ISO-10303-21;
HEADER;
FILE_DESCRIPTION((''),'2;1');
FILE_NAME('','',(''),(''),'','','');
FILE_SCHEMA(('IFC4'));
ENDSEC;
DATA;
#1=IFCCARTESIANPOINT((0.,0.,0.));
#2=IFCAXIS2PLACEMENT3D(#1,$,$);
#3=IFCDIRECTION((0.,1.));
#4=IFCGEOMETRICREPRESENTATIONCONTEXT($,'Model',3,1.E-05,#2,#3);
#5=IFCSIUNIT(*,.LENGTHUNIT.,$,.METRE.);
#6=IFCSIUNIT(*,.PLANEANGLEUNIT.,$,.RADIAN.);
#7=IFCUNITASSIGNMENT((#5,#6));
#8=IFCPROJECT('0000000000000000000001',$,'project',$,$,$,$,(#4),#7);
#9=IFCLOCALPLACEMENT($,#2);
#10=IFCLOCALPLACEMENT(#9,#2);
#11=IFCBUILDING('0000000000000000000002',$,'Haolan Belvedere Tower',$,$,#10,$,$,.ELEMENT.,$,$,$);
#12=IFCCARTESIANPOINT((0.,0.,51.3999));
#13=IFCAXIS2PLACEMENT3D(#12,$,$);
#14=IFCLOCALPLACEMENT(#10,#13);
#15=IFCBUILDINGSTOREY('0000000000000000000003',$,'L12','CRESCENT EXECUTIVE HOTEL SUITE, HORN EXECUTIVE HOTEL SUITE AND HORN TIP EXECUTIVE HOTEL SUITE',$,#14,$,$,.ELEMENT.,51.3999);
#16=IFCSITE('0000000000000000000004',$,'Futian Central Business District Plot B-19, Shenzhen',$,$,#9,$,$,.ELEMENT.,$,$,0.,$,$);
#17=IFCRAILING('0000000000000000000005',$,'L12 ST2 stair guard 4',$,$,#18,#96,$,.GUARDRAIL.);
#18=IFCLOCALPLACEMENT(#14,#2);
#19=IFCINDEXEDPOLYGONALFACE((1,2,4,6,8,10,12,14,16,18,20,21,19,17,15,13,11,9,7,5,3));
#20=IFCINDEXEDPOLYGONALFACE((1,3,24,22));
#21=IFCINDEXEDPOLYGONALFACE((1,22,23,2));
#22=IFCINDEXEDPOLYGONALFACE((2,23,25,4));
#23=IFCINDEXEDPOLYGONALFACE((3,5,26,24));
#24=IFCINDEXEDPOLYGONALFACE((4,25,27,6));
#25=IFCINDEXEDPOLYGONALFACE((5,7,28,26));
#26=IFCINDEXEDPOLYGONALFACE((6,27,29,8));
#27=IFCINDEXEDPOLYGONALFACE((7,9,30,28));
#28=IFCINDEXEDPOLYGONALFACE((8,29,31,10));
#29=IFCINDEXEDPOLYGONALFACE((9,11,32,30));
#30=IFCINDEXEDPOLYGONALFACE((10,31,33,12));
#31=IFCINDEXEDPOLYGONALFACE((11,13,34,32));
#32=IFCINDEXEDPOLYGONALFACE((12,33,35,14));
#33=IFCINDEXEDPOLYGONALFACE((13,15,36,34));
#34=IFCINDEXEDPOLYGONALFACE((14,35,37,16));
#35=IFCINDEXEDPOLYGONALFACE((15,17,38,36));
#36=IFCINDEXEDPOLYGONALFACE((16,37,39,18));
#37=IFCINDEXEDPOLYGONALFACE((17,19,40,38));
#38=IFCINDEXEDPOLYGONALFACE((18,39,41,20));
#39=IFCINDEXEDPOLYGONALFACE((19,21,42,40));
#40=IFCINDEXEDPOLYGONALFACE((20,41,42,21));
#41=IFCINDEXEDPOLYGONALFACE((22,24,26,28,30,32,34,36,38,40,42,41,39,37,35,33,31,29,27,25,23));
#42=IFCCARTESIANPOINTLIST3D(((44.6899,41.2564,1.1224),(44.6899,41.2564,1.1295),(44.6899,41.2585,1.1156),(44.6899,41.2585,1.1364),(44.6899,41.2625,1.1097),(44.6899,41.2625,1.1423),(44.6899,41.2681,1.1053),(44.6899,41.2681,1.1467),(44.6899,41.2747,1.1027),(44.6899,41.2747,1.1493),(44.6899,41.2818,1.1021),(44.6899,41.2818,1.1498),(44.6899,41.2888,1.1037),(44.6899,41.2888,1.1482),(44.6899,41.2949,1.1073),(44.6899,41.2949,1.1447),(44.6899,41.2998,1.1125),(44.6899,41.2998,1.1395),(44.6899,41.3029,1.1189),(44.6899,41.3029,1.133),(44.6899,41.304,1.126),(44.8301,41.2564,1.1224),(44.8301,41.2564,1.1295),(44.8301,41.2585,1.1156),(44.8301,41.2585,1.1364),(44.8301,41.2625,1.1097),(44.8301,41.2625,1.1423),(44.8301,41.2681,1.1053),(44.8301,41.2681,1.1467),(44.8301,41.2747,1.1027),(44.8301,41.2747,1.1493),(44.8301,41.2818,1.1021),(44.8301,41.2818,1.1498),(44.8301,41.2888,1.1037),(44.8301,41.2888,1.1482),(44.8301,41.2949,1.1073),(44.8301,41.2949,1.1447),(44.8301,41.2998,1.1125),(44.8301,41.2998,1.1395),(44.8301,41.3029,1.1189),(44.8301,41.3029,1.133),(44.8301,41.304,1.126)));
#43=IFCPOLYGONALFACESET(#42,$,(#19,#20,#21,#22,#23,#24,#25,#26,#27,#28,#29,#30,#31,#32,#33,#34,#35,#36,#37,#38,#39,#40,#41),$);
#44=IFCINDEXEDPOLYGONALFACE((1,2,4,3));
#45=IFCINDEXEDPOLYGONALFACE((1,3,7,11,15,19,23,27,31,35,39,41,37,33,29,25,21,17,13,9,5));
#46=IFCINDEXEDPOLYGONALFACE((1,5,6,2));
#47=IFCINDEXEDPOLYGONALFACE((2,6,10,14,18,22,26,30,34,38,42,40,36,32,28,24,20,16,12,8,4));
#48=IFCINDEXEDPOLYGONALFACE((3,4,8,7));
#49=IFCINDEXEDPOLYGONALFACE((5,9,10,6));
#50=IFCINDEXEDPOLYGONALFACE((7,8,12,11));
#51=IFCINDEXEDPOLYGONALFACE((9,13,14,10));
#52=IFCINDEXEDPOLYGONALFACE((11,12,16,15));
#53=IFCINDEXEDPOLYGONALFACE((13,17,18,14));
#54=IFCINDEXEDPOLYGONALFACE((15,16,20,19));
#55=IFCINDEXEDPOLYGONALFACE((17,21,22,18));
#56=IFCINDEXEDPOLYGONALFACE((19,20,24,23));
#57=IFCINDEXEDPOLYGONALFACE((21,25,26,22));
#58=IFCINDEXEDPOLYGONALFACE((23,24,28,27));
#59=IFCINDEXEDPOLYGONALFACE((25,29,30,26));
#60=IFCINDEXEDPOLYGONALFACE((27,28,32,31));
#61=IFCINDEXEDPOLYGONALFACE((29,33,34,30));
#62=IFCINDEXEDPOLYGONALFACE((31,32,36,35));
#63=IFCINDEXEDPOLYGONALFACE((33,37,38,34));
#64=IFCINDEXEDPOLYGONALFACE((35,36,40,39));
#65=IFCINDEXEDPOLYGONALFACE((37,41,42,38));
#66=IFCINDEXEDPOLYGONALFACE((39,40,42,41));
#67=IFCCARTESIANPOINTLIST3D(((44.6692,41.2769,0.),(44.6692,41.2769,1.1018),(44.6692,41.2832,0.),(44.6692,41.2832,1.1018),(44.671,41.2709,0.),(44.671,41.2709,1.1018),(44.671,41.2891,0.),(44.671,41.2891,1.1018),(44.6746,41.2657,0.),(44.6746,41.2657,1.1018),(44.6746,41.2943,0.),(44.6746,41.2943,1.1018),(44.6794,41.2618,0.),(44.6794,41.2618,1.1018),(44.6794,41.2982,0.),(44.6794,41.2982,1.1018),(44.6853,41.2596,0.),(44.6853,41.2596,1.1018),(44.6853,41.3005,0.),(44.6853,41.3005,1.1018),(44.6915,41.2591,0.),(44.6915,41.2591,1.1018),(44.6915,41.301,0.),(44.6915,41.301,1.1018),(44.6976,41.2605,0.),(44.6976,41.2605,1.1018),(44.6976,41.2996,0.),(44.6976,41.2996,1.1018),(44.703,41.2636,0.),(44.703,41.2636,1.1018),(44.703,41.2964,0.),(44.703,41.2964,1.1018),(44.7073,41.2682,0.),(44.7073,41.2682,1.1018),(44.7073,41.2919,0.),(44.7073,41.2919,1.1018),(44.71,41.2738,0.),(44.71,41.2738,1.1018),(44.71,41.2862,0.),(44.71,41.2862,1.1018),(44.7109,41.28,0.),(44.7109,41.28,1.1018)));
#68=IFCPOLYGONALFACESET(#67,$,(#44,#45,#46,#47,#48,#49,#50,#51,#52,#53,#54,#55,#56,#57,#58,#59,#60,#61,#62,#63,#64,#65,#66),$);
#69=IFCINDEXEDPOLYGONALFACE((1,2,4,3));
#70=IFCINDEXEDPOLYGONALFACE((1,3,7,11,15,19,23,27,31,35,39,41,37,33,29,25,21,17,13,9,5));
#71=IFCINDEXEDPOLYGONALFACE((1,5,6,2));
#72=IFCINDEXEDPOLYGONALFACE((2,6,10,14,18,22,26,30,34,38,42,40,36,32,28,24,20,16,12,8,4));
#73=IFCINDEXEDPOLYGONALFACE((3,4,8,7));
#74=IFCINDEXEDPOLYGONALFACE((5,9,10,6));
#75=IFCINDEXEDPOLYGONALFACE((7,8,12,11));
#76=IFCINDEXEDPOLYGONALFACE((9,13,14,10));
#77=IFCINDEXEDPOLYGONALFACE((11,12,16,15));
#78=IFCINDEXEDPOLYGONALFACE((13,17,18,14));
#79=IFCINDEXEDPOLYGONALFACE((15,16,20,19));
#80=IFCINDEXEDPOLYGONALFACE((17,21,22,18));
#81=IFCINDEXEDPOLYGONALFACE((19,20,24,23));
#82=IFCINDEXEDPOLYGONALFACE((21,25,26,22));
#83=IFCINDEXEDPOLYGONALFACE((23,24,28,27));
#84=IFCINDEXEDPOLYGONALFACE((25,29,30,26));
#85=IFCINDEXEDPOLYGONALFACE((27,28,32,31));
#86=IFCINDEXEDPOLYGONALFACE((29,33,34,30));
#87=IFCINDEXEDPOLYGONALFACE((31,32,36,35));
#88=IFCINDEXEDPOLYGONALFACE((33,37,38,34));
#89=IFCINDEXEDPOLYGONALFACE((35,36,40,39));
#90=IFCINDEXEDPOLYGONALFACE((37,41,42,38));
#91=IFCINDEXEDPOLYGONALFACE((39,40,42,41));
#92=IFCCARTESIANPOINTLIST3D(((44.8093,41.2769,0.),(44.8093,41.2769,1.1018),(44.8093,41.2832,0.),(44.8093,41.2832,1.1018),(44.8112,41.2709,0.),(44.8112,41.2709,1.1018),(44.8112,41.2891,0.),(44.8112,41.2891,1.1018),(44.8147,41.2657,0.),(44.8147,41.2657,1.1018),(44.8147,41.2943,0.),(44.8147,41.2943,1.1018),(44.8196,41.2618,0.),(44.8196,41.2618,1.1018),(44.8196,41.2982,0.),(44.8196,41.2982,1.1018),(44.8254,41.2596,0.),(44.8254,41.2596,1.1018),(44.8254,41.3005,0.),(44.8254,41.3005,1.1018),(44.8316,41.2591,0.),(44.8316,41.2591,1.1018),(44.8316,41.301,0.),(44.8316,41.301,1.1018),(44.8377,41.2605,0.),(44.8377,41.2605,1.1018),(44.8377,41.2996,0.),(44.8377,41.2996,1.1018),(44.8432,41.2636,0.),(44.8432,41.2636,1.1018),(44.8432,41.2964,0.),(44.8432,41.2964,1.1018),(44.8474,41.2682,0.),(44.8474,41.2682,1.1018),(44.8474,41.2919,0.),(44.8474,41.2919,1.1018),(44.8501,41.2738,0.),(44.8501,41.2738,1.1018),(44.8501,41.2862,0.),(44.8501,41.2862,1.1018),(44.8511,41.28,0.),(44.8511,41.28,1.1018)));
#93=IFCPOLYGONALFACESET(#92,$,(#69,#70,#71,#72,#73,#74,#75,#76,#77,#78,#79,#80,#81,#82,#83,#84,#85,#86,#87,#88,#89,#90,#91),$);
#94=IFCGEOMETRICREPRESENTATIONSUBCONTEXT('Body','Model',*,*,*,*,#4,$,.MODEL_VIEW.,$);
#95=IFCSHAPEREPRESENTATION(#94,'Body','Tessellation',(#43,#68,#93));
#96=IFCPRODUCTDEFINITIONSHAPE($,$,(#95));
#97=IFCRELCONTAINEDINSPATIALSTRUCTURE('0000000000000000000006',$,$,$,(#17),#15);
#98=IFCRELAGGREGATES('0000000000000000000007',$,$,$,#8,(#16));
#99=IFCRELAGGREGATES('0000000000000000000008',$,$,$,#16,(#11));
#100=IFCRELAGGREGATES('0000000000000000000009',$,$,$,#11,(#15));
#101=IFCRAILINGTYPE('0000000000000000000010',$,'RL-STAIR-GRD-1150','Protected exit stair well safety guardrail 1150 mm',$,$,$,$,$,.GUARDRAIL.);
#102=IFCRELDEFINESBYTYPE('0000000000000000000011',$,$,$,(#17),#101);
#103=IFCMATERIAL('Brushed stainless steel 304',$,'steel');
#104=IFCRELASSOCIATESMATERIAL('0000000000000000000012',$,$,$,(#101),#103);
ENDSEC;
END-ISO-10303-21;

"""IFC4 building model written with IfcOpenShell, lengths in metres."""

from ifc_helpers import new_model, si_unit, direction, frame, origin, origin_2d, place, context, subcontext, project, spatial, circle, extrude, material, type_object, element, save


model = new_model("IFC4")

# Units and contexts
model_context = context("Model", 3, precision=1e-05, world=origin(), true_north=direction((0.0, 1.0)))
body_context = subcontext(model_context, "Body", "Model", "MODEL_VIEW")
ifc_project = project(units=[si_unit("LENGTHUNIT", "METRE"), si_unit("PLANEANGLEUNIT", "RADIAN")], contexts=[model_context])

# Site, building, storey
site_placement = place(None, origin())
site = spatial("IfcSite", under=ifc_project, at=site_placement, Name="Futian Central Business District Plot B-19, Shenzhen", CompositionType="ELEMENT", RefElevation=0.0)
building_placement = place(site_placement, origin())
building = spatial("IfcBuilding", under=site, at=building_placement, Name="Haolan Belvedere Tower", CompositionType="ELEMENT")
storey_placement = place(building_placement, frame((0.0, 0.0, 51.3999)))
storey = spatial("IfcBuildingStorey", under=building, at=storey_placement, Name="L12", Description="CRESCENT EXECUTIVE HOTEL SUITE, HORN EXECUTIVE HOTEL SUITE AND HORN TIP EXECUTIVE HOTEL SUITE", CompositionType="ELEMENT", Elevation=51.3999)

# Railing
ifc_material_1 = material(Name="Brushed stainless steel 304", Category="steel")
railing_type_1 = type_object("IfcRailingType", Name="RL-STAIR-GRD-1150", Description="Protected exit stair well safety guardrail 1150 mm", PredefinedType="GUARDRAIL", material=ifc_material_1)
railing_1_placement = place(storey_placement, frame((44.6899, 41.28, 0.0)))
element("IfcRailing", 1, at=railing_1_placement, inside=storey, type_object=railing_type_1, Name="L12 ST2 stair guard 4", PredefinedType="GUARDRAIL", context=body_context, shape_type="SweptSolid", body=[
    extrude(circle(Radius=0.0239, at=origin_2d()), frame((0.0, 0.0, 1.126), z_axis=(1.0, 0.0, 0.0), x_axis=(0.0, 1.0, 0.0)), (0.0, 0.0, 1.0), 0.1401),
    extrude(circle(Radius=0.021, at=origin_2d()), origin(), (0.0, 0.0, 1.0), 1.1018),
    extrude(circle(Radius=0.021, at=origin_2d()), frame((0.1401, 0.0, 0.0)), (0.0, 0.0, 1.0), 1.1018),
])

save(model, "model.ifc")
